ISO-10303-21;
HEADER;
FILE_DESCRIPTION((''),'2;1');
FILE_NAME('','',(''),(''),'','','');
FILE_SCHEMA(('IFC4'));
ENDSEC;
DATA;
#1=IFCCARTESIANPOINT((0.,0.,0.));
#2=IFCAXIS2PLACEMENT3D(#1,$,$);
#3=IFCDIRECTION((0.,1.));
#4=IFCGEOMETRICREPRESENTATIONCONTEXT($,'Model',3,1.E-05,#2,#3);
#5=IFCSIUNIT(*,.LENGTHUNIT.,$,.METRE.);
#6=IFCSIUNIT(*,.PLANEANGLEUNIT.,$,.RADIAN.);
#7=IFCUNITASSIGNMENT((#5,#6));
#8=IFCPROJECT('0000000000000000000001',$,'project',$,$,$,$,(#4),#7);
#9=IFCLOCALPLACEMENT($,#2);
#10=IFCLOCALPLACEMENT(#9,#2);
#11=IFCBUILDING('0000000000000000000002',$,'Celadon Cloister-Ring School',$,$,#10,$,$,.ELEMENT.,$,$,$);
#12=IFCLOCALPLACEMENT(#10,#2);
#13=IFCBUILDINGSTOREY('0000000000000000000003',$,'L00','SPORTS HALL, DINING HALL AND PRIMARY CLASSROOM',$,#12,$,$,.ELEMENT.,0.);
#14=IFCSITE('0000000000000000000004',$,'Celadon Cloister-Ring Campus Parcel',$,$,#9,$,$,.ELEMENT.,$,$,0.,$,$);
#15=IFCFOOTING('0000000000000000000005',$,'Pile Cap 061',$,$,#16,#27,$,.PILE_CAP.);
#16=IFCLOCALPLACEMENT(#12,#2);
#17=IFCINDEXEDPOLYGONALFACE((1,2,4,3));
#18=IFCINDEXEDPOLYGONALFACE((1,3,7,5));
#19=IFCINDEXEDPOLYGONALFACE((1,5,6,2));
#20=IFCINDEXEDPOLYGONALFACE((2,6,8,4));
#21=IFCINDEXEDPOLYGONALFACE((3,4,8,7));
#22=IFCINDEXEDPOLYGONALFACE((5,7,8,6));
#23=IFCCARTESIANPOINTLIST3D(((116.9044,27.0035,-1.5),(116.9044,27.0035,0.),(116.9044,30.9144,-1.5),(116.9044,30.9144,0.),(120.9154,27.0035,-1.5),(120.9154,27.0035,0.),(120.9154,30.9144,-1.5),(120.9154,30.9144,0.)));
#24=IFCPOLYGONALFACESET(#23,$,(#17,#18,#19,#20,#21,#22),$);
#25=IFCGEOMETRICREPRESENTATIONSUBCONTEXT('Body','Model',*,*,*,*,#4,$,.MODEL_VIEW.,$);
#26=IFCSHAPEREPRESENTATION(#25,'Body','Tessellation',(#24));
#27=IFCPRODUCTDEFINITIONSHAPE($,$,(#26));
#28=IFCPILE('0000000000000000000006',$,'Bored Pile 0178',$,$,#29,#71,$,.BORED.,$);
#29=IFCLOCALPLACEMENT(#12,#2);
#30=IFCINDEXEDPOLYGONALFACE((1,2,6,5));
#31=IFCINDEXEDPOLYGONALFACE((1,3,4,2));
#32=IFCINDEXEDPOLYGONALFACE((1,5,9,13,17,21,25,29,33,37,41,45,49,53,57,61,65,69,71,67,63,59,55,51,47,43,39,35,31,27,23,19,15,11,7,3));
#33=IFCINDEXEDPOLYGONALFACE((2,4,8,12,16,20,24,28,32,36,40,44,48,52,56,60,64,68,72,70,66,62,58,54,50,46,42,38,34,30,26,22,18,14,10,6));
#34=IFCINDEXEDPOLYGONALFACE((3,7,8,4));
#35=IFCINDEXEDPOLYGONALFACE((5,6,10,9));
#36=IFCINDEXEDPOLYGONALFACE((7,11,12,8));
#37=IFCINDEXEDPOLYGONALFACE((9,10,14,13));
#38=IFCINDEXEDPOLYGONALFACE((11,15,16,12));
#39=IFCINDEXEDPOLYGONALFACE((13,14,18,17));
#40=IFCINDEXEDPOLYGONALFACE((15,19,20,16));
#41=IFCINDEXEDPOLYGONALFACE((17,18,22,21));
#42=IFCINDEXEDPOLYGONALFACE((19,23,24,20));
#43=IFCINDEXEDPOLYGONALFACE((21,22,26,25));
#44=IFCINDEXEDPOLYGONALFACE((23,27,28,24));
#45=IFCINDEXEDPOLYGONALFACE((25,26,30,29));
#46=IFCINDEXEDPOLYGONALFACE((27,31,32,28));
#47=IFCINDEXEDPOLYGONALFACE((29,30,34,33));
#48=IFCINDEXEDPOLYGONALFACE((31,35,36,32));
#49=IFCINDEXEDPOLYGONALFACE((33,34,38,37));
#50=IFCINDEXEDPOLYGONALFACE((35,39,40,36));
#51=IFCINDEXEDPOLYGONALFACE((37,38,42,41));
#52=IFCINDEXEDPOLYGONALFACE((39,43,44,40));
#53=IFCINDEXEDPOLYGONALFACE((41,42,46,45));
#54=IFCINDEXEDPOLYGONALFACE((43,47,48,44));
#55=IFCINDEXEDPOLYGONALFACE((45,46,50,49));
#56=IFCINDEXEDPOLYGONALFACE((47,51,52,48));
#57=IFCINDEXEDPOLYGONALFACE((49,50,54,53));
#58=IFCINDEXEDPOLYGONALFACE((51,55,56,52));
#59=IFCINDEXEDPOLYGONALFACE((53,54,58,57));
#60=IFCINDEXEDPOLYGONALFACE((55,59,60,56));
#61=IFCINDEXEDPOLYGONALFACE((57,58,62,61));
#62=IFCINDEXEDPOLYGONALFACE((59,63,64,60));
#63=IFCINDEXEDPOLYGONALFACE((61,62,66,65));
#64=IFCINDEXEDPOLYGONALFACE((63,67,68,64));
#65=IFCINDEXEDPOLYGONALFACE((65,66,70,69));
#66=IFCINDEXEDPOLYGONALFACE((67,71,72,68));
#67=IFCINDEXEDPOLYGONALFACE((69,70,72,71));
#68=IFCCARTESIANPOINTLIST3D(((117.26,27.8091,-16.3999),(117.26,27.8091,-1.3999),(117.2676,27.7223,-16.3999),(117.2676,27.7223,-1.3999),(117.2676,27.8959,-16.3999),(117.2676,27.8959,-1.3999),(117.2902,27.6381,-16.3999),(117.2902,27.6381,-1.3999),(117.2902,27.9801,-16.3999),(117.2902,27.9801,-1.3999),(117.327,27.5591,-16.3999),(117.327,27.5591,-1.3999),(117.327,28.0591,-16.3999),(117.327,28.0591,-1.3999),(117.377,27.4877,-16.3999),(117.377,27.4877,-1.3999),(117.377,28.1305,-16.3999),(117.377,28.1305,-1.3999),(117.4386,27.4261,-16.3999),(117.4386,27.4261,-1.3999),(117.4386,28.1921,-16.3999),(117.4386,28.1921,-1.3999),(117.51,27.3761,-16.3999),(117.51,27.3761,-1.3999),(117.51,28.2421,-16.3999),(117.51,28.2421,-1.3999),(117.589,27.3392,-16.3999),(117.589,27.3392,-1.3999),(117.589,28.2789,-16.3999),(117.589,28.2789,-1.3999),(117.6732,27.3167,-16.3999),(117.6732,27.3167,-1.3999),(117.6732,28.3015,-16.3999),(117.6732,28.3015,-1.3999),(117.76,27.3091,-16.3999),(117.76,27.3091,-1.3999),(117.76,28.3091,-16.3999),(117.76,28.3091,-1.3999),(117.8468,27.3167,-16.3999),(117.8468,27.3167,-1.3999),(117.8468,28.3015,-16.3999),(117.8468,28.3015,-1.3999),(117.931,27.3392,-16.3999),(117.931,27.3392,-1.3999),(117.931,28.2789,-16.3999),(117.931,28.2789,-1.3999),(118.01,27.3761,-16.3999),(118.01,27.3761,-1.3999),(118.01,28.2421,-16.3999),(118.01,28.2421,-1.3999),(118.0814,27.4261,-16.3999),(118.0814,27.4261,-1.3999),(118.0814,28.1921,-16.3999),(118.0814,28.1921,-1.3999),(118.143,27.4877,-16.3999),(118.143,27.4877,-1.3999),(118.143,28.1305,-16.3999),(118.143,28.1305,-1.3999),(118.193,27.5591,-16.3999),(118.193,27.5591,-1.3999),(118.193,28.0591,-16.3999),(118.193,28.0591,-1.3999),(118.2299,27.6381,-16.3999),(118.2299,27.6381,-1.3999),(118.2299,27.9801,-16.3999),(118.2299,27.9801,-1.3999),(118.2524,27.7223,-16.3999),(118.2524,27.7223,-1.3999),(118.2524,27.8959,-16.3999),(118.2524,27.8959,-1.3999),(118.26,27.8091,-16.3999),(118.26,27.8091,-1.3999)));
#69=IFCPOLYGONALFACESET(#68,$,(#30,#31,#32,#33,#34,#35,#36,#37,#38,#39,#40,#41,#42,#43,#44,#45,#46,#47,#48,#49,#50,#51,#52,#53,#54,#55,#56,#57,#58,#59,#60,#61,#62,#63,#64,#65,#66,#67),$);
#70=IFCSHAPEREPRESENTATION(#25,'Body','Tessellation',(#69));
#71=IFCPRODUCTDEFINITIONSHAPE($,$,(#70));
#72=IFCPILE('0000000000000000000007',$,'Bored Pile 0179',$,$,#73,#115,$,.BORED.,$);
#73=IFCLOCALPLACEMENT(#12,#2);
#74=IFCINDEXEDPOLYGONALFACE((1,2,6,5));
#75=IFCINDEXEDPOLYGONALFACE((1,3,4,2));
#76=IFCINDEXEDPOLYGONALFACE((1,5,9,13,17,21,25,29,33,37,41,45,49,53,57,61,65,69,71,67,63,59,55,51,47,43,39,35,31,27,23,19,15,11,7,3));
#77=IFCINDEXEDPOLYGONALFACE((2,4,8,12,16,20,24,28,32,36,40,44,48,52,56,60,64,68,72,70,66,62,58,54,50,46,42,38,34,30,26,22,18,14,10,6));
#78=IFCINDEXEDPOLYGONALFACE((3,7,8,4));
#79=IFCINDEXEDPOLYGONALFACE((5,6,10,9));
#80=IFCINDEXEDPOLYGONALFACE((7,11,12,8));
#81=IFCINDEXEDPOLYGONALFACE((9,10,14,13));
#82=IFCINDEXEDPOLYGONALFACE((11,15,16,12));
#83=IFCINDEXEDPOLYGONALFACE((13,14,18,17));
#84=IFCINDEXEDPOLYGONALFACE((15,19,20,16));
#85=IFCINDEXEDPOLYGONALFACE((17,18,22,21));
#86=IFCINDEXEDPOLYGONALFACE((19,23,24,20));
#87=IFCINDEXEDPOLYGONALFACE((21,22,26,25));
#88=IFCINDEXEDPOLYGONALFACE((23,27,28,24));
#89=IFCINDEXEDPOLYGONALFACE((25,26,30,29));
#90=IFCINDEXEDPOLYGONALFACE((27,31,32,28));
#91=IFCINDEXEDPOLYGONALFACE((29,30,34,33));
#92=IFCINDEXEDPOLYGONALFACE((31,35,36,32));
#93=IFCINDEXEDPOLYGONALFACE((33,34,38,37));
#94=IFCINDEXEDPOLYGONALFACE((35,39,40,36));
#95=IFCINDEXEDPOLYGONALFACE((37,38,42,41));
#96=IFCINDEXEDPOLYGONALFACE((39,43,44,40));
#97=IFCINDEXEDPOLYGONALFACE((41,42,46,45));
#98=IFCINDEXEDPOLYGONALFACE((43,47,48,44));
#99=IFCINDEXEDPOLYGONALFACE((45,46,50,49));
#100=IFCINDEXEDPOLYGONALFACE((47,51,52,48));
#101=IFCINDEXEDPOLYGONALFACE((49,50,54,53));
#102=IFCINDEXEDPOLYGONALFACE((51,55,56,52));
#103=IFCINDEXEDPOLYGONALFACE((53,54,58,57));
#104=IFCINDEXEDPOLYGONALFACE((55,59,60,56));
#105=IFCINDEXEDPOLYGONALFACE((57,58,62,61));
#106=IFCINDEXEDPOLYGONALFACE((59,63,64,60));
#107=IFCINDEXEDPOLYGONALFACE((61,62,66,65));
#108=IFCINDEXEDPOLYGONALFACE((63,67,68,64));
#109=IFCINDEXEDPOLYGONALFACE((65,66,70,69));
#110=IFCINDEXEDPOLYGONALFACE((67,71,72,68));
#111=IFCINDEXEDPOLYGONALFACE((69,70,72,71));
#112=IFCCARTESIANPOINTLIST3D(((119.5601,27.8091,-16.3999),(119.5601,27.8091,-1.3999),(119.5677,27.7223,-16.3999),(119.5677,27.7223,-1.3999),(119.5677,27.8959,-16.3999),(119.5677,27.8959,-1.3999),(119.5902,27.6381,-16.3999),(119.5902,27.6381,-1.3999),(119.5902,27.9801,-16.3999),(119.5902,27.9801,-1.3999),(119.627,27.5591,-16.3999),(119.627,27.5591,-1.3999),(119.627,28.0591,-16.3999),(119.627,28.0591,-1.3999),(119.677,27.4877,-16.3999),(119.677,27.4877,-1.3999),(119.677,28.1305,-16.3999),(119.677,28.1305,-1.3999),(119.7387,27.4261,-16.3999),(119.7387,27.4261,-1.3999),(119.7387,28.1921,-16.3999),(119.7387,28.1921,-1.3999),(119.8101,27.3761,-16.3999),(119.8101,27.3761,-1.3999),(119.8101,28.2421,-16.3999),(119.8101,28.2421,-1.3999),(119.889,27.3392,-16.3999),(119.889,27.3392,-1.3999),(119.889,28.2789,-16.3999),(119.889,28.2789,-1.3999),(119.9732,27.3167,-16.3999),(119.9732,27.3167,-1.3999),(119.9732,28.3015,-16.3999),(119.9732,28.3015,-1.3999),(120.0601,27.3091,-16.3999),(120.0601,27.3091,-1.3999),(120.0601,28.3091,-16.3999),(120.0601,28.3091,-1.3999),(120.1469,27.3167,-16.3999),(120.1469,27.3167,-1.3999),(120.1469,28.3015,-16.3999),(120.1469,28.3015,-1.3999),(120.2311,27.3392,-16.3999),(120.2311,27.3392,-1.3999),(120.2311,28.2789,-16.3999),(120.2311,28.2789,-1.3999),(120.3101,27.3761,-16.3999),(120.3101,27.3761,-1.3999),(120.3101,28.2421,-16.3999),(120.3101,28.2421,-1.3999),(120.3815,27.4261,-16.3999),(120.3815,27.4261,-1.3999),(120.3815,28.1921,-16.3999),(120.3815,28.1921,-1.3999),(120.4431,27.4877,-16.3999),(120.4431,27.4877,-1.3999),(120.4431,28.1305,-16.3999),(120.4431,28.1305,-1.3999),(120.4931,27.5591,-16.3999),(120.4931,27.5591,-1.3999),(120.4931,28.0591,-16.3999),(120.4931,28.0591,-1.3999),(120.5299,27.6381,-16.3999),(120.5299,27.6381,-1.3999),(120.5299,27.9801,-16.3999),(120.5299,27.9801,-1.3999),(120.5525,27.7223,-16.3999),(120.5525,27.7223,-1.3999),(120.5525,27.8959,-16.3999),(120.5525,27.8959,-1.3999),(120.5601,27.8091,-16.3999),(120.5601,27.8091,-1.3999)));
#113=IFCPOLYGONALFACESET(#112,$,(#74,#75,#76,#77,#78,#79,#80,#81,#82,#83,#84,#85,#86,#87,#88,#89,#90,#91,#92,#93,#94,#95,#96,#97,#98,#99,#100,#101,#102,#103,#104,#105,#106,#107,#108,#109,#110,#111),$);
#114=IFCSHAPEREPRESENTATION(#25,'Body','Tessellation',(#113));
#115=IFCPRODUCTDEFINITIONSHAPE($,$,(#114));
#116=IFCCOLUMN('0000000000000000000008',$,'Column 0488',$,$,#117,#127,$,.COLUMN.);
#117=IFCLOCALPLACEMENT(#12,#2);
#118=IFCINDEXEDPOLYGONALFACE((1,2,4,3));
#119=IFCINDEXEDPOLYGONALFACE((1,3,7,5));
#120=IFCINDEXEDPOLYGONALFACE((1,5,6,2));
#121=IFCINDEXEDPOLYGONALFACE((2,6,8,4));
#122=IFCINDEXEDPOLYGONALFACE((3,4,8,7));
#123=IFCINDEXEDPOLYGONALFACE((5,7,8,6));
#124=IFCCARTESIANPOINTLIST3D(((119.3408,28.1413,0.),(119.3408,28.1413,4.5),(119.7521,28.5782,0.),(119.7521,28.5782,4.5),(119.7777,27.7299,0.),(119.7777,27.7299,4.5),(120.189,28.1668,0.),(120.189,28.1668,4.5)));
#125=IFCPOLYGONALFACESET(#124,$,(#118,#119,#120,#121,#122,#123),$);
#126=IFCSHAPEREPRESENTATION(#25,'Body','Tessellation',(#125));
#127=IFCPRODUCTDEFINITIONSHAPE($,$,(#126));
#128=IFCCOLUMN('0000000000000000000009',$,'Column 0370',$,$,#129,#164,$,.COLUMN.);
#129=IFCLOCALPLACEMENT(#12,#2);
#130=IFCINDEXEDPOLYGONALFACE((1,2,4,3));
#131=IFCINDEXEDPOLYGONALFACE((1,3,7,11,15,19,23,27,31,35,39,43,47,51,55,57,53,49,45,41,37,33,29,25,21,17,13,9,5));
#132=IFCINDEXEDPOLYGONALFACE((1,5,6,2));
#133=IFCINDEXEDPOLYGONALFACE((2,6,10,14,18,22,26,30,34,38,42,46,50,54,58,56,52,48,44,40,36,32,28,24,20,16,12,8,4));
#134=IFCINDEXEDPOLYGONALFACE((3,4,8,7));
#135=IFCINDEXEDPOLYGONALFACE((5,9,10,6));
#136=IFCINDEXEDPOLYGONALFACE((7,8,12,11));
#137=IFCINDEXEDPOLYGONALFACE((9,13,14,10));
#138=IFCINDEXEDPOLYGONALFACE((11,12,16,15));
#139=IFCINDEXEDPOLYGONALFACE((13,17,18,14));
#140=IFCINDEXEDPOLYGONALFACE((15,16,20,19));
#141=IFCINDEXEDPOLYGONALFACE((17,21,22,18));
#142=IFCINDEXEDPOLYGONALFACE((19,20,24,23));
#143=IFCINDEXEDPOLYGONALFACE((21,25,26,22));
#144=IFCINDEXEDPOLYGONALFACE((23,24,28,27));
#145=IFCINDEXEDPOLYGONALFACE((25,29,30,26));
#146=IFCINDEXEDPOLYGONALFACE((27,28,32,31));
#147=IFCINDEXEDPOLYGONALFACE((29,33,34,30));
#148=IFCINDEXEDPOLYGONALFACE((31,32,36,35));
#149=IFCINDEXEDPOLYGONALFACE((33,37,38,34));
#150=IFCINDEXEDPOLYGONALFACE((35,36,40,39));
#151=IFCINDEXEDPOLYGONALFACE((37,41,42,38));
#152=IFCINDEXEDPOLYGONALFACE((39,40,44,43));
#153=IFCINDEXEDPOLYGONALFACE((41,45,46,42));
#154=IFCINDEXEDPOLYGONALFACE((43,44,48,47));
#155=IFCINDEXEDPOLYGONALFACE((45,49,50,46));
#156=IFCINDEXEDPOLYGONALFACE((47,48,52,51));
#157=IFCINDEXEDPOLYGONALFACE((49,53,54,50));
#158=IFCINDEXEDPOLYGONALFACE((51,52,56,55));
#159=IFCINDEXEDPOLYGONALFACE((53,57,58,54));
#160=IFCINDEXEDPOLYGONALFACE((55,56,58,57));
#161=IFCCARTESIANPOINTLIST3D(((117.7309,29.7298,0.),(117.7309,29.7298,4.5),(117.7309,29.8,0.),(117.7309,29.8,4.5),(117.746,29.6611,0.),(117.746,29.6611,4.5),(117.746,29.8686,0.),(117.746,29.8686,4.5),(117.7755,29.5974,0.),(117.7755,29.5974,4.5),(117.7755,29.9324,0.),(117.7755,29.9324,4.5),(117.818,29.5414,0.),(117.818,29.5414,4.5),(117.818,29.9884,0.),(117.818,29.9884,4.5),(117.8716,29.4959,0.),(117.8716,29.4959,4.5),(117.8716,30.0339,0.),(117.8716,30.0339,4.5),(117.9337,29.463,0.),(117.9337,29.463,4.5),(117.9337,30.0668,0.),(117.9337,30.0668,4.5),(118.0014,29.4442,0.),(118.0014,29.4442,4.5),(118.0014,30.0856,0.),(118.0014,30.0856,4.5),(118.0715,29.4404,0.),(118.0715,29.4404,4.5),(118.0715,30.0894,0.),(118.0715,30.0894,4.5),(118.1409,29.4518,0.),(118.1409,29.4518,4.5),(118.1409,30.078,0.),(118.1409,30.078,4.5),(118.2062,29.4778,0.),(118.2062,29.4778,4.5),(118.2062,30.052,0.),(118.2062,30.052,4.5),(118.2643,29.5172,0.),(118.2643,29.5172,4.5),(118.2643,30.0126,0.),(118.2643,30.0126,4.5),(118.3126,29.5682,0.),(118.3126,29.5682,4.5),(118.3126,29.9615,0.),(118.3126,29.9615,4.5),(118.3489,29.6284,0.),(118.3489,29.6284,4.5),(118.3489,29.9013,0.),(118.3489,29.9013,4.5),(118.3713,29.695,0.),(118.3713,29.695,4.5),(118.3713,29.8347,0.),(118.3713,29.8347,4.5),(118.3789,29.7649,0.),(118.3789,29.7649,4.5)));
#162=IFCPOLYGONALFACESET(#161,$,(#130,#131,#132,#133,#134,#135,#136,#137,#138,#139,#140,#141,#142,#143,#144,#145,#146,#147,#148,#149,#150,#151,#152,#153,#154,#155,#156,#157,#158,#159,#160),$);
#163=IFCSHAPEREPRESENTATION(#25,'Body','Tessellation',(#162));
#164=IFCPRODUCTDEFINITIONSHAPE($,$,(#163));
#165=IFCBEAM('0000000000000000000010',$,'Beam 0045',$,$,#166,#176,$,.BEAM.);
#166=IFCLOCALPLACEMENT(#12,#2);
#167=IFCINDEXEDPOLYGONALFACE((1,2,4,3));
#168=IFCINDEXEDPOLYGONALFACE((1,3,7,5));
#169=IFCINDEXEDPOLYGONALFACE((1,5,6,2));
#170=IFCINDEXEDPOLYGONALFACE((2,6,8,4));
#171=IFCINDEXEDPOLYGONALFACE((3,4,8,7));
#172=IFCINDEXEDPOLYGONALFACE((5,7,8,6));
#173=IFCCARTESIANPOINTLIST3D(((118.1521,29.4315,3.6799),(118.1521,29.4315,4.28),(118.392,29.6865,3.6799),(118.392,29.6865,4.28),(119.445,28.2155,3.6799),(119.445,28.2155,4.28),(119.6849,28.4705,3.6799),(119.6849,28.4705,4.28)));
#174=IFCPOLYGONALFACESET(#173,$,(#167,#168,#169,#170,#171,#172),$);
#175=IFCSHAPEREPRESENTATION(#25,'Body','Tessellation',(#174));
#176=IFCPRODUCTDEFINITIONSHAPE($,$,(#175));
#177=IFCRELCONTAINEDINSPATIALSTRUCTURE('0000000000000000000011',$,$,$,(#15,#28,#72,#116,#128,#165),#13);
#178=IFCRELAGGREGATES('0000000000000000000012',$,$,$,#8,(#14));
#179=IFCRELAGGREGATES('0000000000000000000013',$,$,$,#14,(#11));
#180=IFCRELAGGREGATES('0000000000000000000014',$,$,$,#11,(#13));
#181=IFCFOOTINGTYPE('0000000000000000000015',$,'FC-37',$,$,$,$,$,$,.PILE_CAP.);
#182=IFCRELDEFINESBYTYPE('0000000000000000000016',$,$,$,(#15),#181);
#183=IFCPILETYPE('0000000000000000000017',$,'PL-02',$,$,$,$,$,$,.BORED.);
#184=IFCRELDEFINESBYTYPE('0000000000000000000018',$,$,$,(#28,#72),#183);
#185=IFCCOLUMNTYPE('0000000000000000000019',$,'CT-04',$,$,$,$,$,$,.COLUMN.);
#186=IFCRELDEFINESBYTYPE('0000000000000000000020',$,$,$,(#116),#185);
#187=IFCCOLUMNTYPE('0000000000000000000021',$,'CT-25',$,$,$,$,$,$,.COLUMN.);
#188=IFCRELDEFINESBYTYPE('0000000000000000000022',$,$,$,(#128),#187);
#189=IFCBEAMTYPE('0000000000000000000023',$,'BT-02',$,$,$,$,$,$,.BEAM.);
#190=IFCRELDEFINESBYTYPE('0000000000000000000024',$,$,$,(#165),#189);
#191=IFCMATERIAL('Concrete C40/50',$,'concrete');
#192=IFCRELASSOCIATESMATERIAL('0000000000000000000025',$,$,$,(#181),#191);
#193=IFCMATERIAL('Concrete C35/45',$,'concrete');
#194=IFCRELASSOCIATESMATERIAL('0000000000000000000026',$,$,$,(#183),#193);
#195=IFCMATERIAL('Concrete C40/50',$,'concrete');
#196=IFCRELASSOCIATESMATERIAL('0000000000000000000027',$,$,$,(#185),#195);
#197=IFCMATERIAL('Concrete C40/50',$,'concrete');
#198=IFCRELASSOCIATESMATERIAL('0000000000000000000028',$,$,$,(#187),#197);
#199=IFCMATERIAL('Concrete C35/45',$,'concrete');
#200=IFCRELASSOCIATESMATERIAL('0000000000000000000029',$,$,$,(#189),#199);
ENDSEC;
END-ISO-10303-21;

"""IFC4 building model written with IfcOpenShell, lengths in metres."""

from ifc_helpers import new_model, si_unit, direction, frame, origin, origin_2d, place, context, subcontext, project, spatial, rectangle, circle, extrude, material, material_profile, profile_set, type_object, element, save


model = new_model("IFC4")

# Units and contexts
model_context = context("Model", 3, precision=1e-05, world=origin(), true_north=direction((0.0, 1.0)))
body_context = subcontext(model_context, "Body", "Model", "MODEL_VIEW")
ifc_project = project(units=[si_unit("LENGTHUNIT", "METRE"), si_unit("PLANEANGLEUNIT", "RADIAN")], contexts=[model_context])

# Site, building, storey
site_placement = place(None, origin())
site = spatial("IfcSite", under=ifc_project, at=site_placement, Name="Celadon Cloister-Ring Campus Parcel", CompositionType="ELEMENT", RefElevation=0.0)
building_placement = place(site_placement, origin())
building = spatial("IfcBuilding", under=site, at=building_placement, Name="Celadon Cloister-Ring School", CompositionType="ELEMENT")
storey_placement = place(building_placement, origin())
storey = spatial("IfcBuildingStorey", under=building, at=storey_placement, Name="L00", Description="SPORTS HALL, DINING HALL AND PRIMARY CLASSROOM", CompositionType="ELEMENT", Elevation=0.0)

# Footing
ifc_material_1 = material(Name="Concrete C40/50", Category="concrete")
footing_type = type_object("IfcFootingType", Name="FC-37", PredefinedType="PILE_CAP", material=ifc_material_1)
footing_placement = place(storey_placement, frame((118.9099, 28.959, -1.5), z_axis=(0.0, 0.0, 1.0), x_axis=(1.0, 0.0, 0.0)))
element("IfcFooting", 1, at=footing_placement, inside=storey, type_object=footing_type, Name="Pile Cap 061", PredefinedType="PILE_CAP", context=body_context, shape_type="SweptSolid", body=[
    extrude(rectangle(XDim=4.011, YDim=3.9109, at=origin_2d()), origin(), (0.0, 0.0, 1.0), 1.5),
])

# Piles
ifc_material_2 = material(Name="Concrete C35/45", Category="concrete")
ifc_material_profile_1 = material_profile(ifc_material_2, circle(Radius=0.5, at=origin_2d()), Name="PILE1000")
ifc_profile_set_1 = profile_set([ifc_material_profile_1], Name="Concrete C35/45")
pile_type = type_object("IfcPileType", Name="PL-02", PredefinedType="BORED", material=ifc_profile_set_1)
for number, where, z_axis, x_axis, name in (
    (2, (117.76, 27.8091, -1.3999), (0.0, 0.0, -1.0), (1.0, 0.0, 0.0), "Bored Pile 0178"),
    (3, (120.0601, 27.8091, -1.3999), (0.0, 0.0, -1.0), (1.0, 0.0, 0.0), "Bored Pile 0179"),
):
    element("IfcPile", number, at=place(storey_placement, frame(where, z_axis=z_axis, x_axis=x_axis)), inside=storey, type_object=pile_type, Name=name, PredefinedType="BORED", context=body_context, shape_type="SweptSolid", body=[
        extrude(circle(Radius=0.5, at=origin_2d()), origin(), (0.0, 0.0, 1.0), 15.0),
    ])

# Columns
ifc_material_3 = material(Name="Concrete C40/50", Category="concrete")
ifc_material_profile_2 = material_profile(ifc_material_3, rectangle(XDim=0.6001, YDim=0.6001, at=origin_2d()), Name="RC600X600")
ifc_profile_set_2 = profile_set([ifc_material_profile_2], Name="Concrete C40/50")
column_type_1 = type_object("IfcColumnType", Name="CT-04", PredefinedType="COLUMN", material=ifc_profile_set_2)
column_1_placement = place(storey_placement, frame((119.7649, 28.1541, 0.0), z_axis=(0.0, 0.0, 1.0), x_axis=(0.728108, -0.685463, 0.0)))
element("IfcColumn", 4, at=column_1_placement, inside=storey, type_object=column_type_1, Name="Column 0488", PredefinedType="COLUMN", context=body_context, shape_type="SweptSolid", body=[
    extrude(rectangle(XDim=0.6001, YDim=0.6001, at=origin_2d()), origin(), (0.0, 0.0, 1.0), 4.5),
])
ifc_material_4 = material(Name="Concrete C40/50", Category="concrete")
ifc_material_profile_3 = material_profile(ifc_material_4, circle(Radius=0.325, at=origin_2d()), Name="CIRC650")
ifc_profile_set_3 = profile_set([ifc_material_profile_3], Name="Concrete C40/50")
column_type_2 = type_object("IfcColumnType", Name="CT-25", PredefinedType="COLUMN", material=ifc_profile_set_3)
column_2_placement = place(storey_placement, frame((118.054, 29.7649, 0.0), z_axis=(0.0, 0.0, 1.0), x_axis=(1.0, 0.0, 0.0)))
element("IfcColumn", 5, at=column_2_placement, inside=storey, type_object=column_type_2, Name="Column 0370", PredefinedType="COLUMN", context=body_context, shape_type="SweptSolid", body=[
    extrude(circle(Radius=0.325, at=origin_2d()), origin(), (0.0, 0.0, 1.0), 4.5),
])

# Beam
ifc_material_5 = material(Name="Concrete C35/45", Category="concrete")
ifc_material_profile_4 = material_profile(ifc_material_5, rectangle(XDim=0.3501, YDim=0.6001, at=origin_2d()), Name="RC350X600")
ifc_profile_set_4 = profile_set([ifc_material_profile_4], Name="Concrete C35/45")
beam_type_1 = type_object("IfcBeamType", Name="BT-02", PredefinedType="BEAM", material=ifc_profile_set_4)
beam_1_placement = place(storey_placement, frame((119.5649, 28.343, 3.98), z_axis=(-0.728438, 0.685112, 0.0), x_axis=(-0.685112, -0.728438, 0.0)))
element("IfcBeam", 6, at=beam_1_placement, inside=storey, type_object=beam_type_1, Name="Beam 0045", PredefinedType="BEAM", context=body_context, shape_type="SweptSolid", body=[
    extrude(rectangle(XDim=0.3501, YDim=0.6001, at=origin_2d()), origin(), (0.0, 0.0, 1.0), 1.7749),
])

save(model, "model.ifc")
